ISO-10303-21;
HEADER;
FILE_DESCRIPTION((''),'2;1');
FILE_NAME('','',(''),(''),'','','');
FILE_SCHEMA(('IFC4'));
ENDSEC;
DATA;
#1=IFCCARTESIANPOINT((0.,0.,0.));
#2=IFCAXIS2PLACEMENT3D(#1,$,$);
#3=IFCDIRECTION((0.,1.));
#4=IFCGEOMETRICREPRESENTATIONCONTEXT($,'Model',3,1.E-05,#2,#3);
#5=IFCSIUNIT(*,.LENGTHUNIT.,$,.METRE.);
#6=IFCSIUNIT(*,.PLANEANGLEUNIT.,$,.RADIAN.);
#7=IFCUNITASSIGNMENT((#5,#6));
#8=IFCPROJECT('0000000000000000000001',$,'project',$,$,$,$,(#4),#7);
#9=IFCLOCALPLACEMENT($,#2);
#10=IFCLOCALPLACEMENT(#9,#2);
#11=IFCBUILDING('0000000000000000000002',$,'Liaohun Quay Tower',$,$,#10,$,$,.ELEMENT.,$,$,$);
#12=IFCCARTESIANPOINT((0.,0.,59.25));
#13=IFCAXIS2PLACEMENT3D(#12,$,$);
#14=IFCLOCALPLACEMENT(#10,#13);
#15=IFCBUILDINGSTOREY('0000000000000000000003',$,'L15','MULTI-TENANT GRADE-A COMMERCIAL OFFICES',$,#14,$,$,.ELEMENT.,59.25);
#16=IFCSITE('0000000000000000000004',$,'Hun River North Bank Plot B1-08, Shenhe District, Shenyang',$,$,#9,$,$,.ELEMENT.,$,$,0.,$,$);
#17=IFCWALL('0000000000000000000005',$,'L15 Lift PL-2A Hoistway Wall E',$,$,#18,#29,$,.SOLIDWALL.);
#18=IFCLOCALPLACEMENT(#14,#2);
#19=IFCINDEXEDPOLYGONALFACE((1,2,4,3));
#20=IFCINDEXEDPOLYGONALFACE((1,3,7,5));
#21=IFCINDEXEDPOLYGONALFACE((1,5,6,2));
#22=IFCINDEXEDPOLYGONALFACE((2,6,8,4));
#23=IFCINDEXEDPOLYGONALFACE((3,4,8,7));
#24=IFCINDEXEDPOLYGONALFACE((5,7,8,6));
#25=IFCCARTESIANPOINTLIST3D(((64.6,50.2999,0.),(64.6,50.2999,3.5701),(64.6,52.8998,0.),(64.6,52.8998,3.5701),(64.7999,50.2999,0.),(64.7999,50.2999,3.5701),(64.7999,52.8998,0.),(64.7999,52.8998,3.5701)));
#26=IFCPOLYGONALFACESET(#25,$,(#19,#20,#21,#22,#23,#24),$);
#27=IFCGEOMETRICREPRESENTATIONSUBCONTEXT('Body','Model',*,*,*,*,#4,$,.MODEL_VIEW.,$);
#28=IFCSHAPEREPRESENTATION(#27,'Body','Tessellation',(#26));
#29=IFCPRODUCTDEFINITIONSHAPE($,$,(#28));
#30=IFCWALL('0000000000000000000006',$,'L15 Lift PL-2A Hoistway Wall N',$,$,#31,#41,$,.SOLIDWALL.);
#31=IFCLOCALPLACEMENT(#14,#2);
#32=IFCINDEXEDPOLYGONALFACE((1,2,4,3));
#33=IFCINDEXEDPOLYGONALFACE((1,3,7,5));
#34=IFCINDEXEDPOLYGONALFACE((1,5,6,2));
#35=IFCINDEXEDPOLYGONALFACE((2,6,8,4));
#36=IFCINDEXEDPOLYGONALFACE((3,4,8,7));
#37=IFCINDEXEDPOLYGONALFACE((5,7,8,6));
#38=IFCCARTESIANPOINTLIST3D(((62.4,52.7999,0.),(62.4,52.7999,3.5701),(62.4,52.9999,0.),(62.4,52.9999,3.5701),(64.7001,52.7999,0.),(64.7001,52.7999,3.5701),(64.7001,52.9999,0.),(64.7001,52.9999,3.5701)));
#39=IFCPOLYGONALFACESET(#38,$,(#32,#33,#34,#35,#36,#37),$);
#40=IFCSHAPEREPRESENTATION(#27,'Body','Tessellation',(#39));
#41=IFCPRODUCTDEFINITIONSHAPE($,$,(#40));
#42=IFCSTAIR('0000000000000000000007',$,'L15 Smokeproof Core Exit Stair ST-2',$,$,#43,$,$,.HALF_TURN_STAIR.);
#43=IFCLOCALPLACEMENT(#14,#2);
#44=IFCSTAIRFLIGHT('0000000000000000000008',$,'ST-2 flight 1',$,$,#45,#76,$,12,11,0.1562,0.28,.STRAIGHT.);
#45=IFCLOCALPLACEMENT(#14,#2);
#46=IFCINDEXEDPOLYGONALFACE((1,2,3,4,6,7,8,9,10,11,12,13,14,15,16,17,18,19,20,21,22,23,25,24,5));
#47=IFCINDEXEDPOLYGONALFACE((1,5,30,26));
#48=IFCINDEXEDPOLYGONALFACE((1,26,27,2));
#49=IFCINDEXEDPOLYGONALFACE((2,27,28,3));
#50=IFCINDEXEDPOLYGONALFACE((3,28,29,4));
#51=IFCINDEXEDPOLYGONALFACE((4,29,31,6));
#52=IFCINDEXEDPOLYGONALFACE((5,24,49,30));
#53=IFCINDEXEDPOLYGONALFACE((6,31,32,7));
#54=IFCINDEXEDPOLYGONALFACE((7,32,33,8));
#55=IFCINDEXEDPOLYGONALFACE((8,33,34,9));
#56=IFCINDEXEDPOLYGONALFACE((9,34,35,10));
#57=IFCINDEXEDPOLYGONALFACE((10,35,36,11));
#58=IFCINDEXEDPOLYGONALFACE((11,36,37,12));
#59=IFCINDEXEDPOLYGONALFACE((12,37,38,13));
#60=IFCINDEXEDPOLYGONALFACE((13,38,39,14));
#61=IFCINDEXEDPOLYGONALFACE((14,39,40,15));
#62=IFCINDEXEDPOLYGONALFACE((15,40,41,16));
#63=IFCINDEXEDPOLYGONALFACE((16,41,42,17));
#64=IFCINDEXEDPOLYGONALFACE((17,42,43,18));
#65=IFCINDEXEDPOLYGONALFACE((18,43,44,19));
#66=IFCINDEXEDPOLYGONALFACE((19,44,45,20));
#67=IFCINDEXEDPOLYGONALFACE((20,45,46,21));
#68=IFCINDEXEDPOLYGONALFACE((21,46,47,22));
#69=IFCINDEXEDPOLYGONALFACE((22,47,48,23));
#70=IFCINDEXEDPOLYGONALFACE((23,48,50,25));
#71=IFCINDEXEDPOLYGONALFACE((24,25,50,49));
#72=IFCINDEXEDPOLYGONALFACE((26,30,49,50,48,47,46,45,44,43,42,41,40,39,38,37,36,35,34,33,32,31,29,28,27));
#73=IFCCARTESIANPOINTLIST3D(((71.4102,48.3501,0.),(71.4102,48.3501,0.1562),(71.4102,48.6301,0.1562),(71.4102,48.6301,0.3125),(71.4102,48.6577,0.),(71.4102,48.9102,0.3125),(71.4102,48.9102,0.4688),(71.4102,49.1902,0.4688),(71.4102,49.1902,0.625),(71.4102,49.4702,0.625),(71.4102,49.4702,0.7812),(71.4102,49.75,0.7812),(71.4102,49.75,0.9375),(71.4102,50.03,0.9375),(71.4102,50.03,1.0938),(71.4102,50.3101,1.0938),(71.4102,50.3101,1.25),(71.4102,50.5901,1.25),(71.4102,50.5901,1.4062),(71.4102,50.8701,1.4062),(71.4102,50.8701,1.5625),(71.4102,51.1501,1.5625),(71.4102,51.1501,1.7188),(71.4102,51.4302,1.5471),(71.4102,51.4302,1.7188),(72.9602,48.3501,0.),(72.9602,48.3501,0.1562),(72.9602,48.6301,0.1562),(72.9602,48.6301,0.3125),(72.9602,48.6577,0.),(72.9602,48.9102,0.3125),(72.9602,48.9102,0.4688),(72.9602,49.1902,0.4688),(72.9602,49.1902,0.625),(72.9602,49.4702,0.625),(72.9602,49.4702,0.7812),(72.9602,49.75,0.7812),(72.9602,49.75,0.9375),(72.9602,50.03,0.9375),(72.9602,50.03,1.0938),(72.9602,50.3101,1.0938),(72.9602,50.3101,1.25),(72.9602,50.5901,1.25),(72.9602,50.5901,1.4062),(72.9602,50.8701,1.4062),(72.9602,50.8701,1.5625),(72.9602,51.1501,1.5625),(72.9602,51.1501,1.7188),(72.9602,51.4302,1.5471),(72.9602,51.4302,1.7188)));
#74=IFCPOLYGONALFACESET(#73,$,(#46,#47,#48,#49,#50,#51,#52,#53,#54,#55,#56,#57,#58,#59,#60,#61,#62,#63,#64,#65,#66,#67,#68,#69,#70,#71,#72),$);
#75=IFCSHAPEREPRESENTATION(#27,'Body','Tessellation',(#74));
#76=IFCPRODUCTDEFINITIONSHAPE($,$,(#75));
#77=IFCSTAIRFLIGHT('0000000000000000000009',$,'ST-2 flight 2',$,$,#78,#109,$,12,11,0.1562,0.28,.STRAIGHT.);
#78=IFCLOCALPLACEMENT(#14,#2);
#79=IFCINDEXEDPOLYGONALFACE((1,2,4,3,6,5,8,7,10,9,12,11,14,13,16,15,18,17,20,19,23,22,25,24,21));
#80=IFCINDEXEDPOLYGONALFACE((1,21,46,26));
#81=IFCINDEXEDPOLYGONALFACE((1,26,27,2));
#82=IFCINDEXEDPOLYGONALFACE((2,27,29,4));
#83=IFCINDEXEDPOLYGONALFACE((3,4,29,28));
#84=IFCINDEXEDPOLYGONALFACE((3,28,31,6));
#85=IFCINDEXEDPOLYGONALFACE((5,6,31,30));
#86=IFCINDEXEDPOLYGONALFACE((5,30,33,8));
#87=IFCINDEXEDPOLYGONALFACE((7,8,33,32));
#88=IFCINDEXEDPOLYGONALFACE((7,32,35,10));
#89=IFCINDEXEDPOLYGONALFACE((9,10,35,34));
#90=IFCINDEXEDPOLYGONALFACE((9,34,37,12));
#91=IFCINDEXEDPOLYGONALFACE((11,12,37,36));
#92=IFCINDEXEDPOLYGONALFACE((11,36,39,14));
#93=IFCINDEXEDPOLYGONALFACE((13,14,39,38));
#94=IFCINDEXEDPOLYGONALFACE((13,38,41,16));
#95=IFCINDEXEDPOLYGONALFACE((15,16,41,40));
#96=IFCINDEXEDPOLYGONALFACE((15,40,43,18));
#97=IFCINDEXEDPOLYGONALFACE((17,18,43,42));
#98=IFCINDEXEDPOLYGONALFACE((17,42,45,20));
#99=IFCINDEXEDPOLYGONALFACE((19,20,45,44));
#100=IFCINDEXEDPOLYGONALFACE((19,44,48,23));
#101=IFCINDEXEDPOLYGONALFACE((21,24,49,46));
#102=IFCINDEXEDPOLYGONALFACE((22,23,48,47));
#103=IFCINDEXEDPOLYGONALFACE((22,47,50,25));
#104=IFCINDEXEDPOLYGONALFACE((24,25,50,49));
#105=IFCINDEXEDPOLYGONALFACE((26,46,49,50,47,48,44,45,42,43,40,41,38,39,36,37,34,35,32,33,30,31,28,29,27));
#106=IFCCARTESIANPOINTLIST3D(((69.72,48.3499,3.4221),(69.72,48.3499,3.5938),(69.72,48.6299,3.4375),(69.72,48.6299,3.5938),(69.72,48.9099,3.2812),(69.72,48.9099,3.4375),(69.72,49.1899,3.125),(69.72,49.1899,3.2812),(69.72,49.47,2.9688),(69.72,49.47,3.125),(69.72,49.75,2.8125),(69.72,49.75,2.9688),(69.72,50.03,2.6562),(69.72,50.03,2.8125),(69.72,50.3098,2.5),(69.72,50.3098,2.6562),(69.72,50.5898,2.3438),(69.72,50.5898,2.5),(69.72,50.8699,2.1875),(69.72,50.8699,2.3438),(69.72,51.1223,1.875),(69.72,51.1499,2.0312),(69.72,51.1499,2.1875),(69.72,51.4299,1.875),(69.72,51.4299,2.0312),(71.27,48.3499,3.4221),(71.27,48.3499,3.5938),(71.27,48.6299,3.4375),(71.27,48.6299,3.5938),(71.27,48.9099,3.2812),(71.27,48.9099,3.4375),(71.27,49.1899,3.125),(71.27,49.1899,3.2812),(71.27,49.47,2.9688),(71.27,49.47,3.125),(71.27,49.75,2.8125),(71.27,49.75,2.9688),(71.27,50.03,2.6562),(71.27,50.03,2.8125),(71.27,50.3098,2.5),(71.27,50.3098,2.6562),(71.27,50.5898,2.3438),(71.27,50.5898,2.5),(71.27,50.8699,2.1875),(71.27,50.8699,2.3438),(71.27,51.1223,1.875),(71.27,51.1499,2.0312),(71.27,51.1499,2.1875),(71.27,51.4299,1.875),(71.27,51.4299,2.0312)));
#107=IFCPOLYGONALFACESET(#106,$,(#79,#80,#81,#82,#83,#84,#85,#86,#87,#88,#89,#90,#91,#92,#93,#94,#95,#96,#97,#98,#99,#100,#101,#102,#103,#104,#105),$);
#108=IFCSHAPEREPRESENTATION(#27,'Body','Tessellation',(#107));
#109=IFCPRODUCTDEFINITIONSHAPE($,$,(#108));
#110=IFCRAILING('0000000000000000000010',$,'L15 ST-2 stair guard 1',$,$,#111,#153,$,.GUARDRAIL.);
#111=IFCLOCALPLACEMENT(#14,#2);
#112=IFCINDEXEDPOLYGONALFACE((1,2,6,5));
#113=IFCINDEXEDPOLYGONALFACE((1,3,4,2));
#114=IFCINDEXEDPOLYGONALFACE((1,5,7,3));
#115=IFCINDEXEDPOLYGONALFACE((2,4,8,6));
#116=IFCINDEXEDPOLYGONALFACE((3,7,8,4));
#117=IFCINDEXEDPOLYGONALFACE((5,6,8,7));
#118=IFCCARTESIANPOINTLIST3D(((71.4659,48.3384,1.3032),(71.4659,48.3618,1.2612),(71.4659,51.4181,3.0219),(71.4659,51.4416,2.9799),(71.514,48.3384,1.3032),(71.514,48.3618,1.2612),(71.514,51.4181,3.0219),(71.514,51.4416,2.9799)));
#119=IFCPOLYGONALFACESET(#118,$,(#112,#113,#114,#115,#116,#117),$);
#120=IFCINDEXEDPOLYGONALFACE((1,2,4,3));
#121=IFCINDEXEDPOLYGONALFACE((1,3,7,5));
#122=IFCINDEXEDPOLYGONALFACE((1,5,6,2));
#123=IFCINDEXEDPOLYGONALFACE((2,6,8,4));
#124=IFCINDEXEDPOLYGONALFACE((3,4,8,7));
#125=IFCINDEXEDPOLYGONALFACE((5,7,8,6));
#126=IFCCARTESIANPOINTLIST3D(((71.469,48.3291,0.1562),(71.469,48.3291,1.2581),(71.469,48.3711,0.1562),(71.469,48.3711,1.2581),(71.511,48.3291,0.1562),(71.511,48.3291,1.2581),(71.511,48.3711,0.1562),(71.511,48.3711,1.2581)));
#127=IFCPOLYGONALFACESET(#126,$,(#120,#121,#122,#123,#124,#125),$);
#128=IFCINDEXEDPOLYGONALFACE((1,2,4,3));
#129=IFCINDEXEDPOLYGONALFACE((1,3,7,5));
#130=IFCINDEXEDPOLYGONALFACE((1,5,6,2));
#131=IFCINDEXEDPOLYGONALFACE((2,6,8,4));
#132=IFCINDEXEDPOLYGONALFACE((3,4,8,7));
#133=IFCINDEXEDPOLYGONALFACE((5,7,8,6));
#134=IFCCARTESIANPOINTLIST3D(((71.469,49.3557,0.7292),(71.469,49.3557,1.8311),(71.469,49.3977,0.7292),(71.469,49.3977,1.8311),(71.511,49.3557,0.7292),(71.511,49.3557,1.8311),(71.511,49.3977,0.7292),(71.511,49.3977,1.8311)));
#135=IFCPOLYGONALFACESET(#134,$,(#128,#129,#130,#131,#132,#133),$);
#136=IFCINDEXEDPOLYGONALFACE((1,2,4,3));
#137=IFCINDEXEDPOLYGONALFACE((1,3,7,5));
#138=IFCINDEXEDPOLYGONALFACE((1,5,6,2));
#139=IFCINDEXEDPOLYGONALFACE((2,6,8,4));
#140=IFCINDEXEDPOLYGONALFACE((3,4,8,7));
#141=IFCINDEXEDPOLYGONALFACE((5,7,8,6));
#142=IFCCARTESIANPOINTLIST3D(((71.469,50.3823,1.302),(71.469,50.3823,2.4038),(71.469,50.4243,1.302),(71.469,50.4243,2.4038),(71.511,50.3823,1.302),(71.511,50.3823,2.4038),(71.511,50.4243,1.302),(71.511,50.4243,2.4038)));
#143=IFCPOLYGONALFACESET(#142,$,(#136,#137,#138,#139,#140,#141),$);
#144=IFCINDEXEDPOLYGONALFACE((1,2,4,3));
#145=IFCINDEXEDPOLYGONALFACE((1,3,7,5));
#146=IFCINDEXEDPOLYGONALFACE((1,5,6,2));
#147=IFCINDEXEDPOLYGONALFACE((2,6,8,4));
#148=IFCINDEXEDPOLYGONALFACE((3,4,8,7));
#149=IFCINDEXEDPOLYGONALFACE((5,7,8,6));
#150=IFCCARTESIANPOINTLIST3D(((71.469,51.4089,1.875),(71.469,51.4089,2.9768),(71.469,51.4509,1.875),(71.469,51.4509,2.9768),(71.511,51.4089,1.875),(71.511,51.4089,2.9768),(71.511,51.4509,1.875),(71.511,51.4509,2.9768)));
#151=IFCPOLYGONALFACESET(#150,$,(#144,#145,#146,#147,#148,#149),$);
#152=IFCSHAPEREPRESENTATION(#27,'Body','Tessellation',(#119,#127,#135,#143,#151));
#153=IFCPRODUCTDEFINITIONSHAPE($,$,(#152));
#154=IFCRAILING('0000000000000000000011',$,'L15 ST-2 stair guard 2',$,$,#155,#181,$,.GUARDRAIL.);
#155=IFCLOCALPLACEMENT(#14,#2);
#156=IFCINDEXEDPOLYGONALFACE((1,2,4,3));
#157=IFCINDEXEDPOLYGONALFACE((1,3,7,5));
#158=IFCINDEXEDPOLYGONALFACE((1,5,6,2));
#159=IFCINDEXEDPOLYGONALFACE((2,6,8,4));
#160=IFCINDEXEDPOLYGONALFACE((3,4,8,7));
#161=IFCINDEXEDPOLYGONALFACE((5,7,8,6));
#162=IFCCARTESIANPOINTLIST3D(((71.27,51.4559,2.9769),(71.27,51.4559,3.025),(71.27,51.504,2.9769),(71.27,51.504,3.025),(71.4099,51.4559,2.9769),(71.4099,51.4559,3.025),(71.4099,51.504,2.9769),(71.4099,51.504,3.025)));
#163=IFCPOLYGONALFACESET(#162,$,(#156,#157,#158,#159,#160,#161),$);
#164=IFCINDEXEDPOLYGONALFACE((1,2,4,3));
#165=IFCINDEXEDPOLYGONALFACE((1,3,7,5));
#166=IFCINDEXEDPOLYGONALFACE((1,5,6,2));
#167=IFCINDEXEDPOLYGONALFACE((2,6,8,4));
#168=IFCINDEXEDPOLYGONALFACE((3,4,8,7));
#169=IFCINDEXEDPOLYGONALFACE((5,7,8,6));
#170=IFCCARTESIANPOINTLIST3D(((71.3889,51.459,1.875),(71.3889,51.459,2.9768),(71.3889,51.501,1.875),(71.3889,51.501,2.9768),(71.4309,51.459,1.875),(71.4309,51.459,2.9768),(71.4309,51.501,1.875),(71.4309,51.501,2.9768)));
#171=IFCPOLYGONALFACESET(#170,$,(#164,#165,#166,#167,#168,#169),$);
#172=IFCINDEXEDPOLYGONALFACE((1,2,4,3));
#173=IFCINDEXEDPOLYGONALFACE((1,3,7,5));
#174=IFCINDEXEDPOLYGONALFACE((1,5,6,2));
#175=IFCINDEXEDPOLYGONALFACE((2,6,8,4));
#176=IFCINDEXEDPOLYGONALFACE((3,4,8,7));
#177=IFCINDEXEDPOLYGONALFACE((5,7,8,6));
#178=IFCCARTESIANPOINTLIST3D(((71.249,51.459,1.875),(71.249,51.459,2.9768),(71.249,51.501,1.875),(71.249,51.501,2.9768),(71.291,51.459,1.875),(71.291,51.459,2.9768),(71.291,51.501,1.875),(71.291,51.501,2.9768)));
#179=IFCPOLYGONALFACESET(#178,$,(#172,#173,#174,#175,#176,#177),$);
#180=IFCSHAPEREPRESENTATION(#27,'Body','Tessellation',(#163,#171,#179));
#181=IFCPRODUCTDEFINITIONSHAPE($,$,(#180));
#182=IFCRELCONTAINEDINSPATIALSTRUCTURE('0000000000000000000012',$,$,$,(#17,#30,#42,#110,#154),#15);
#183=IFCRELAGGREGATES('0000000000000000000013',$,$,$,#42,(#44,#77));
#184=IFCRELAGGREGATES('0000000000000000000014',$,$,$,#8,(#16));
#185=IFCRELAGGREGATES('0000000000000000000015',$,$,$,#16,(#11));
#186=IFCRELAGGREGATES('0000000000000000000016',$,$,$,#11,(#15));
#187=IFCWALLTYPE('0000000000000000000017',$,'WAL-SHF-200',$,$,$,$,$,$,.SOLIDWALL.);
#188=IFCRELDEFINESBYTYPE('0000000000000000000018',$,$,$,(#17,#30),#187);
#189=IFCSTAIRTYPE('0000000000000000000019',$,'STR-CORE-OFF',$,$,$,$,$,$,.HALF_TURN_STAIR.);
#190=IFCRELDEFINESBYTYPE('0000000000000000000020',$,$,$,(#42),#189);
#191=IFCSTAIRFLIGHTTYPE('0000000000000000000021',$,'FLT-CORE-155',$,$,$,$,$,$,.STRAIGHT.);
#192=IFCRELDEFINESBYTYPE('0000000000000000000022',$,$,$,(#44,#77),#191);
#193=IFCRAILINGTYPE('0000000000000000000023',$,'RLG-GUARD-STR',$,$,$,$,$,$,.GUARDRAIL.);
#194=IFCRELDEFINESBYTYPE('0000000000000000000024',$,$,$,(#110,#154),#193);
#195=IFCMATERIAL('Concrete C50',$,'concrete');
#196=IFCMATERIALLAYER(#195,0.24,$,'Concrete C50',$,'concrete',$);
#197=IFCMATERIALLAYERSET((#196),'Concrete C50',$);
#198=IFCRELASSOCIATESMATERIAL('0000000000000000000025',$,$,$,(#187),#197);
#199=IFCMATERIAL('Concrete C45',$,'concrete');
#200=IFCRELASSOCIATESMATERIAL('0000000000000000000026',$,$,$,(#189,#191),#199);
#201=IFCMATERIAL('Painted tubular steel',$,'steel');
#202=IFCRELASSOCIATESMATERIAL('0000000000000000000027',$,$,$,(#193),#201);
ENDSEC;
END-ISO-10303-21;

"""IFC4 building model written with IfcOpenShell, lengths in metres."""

from ifc_helpers import new_model, si_unit, direction, frame, frame_2d, origin, origin_2d, place, context, subcontext, project, spatial, polyline, rectangle, outline, extrude, material, layer, layer_set, type_object, element, aggregate, save


model = new_model("IFC4")

# Units and contexts
model_context = context("Model", 3, precision=1e-05, world=origin(), true_north=direction((0.0, 1.0)))
body_context = subcontext(model_context, "Body", "Model", "MODEL_VIEW")
ifc_project = project(units=[si_unit("LENGTHUNIT", "METRE"), si_unit("PLANEANGLEUNIT", "RADIAN")], contexts=[model_context])

# Site, building, storey
site_placement = place(None, origin())
site = spatial("IfcSite", under=ifc_project, at=site_placement, Name="Hun River North Bank Plot B1-08, Shenhe District, Shenyang", CompositionType="ELEMENT", RefElevation=0.0)
building_placement = place(site_placement, origin())
building = spatial("IfcBuilding", under=site, at=building_placement, Name="Liaohun Quay Tower", CompositionType="ELEMENT")
storey_placement = place(building_placement, frame((0.0, 0.0, 59.25)))
storey = spatial("IfcBuildingStorey", under=building, at=storey_placement, Name="L15", Description="MULTI-TENANT GRADE-A COMMERCIAL OFFICES", CompositionType="ELEMENT", Elevation=59.25)

# Shared definitions
ifc_material_1 = material(Name="Concrete C50", Category="concrete")
ifc_layer_1 = layer(ifc_material_1, 0.24, Name="Concrete C50", Category="concrete")
ifc_layer_set_1 = layer_set([ifc_layer_1], Name="Concrete C50")
wall_type_1 = type_object("IfcWallType", Name="WAL-SHF-200", PredefinedType="SOLIDWALL", material=ifc_layer_set_1)

# Walls
wall_1_placement = place(storey_placement, frame((64.7, 50.3, 0.0), z_axis=(0.0, 0.0, 1.0), x_axis=(0.0, 1.0, 0.0)))
element("IfcWall", 1, at=wall_1_placement, inside=storey, type_object=wall_type_1, Name="L15 Lift PL-2A Hoistway Wall E", PredefinedType="SOLIDWALL", context=body_context, shape_type="SweptSolid", body=[
    extrude(rectangle(XDim=2.5999, YDim=0.2, at=frame_2d((1.2998, 0.0))), origin(), (0.0, 0.0, 1.0), 3.5701),
])
wall_2_placement = place(storey_placement, frame((64.7, 52.8999, 0.0), z_axis=(0.0, 0.0, 1.0), x_axis=(-1.0, 0.0, 0.0)))
element("IfcWall", 2, at=wall_2_placement, inside=storey, type_object=wall_type_1, Name="L15 Lift PL-2A Hoistway Wall N", PredefinedType="SOLIDWALL", context=body_context, shape_type="SweptSolid", body=[
    extrude(rectangle(XDim=2.3, YDim=0.2, at=frame_2d((1.1499, 0.0))), origin(), (0.0, 0.0, 1.0), 3.5701),
])

# Stair, stair flights
ifc_material_2 = material(Name="Concrete C45", Category="concrete")
stair_type = type_object("IfcStairType", Name="STR-CORE-OFF", PredefinedType="HALF_TURN_STAIR", material=ifc_material_2)
stair_placement = place(storey_placement, origin())
stair = element("IfcStair", 3, at=stair_placement, inside=storey, type_object=stair_type, Name="L15 Smokeproof Core Exit Stair ST-2", PredefinedType="HALF_TURN_STAIR")
stair_flight_type = type_object("IfcStairFlightType", Name="FLT-CORE-155", PredefinedType="STRAIGHT", material=ifc_material_2)
stair_flight_1_placement = place(storey_placement, frame((72.1851, 48.3501, 0.0), z_axis=(0.0, 0.0, 1.0), x_axis=(0.0, 1.0, 0.0)))
stair_flight_1 = element("IfcStairFlight", 4, at=stair_flight_1_placement, type_object=stair_flight_type, Name="ST-2 flight 1", NumberOfRisers=12, NumberOfTreads=11, PredefinedType="STRAIGHT", RiserHeight=0.1562, TreadLength=0.28, context=body_context, shape_type="SweptSolid", body=[
    extrude(outline(polyline([(0.0, 0.0), (0.0, 0.1562), (0.28, 0.1562), (0.28, 0.3125), (0.5601, 0.3125), (0.5601, 0.4688), (0.8401, 0.4688), (0.8401, 0.625), (1.1201, 0.625), (1.1201, 0.7812), (1.3999, 0.7812), (1.3999, 0.9375), (1.6799, 0.9375), (1.6799, 1.0938), (1.96, 1.0938), (1.96, 1.25), (2.24, 1.25), (2.24, 1.4062), (2.52, 1.4062), (2.52, 1.5625), (2.8, 1.5625), (2.8, 1.7188), (3.0801, 1.7188), (3.0801, 1.875), (3.0801, 1.5471), (0.3076, 0.0), (0.0, 0.0)])), frame((0.0, 0.7749, 0.0), z_axis=(0.0, -1.0, 0.0), x_axis=(1.0, 0.0, 0.0)), (0.0, 0.0, 1.0), 1.55),
])
stair_flight_2_placement = place(storey_placement, frame((70.4951, 51.4299, 1.875), z_axis=(0.0, 0.0, 1.0), x_axis=(0.0, -1.0, 0.0)))
stair_flight_2 = element("IfcStairFlight", 5, at=stair_flight_2_placement, type_object=stair_flight_type, Name="ST-2 flight 2", NumberOfRisers=12, NumberOfTreads=11, PredefinedType="STRAIGHT", RiserHeight=0.1562, TreadLength=0.28, context=body_context, shape_type="SweptSolid", body=[
    extrude(outline(polyline([(0.0, 0.0), (0.0, 0.1562), (0.28, 0.1562), (0.28, 0.3125), (0.5601, 0.3125), (0.5601, 0.4688), (0.8401, 0.4688), (0.8401, 0.625), (1.1201, 0.625), (1.1201, 0.7812), (1.3999, 0.7812), (1.3999, 0.9375), (1.6799, 0.9375), (1.6799, 1.0938), (1.96, 1.0938), (1.96, 1.25), (2.24, 1.25), (2.24, 1.4062), (2.52, 1.4062), (2.52, 1.5625), (2.8, 1.5625), (2.8, 1.7188), (3.0801, 1.7188), (3.0801, 1.875), (3.0801, 1.5471), (0.3076, 0.0), (0.0, 0.0)])), frame((0.0, 0.7749, 0.0), z_axis=(0.0, -1.0, 0.0), x_axis=(1.0, 0.0, 0.0)), (0.0, 0.0, 1.0), 1.55),
])
aggregate(stair, [stair_flight_1, stair_flight_2])

# Railings
ifc_material_3 = material(Name="Painted tubular steel", Category="steel")
railing_type_1 = type_object("IfcRailingType", Name="RLG-GUARD-STR", PredefinedType="GUARDRAIL", material=ifc_material_3)
railing_1_placement = place(storey_placement, frame((71.49, 48.3501, 0.1562)))
element("IfcRailing", 6, at=railing_1_placement, inside=storey, type_object=railing_type_1, Name="L15 ST-2 stair guard 1", PredefinedType="GUARDRAIL", context=body_context, shape_type="SweptSolid", body=[
    extrude(rectangle(XDim=0.0481, YDim=0.0481, at=origin_2d()), frame((0.0, 0.0, 1.126), z_axis=(0.0, 0.873225, 0.487317), x_axis=(-1.0, 0.0, 0.0)), (0.0, 0.0, 1.0), 3.5269),
    extrude(rectangle(XDim=0.042, YDim=0.042, at=origin_2d()), origin(), (0.0, 0.0, 1.0), 1.1018),
    extrude(rectangle(XDim=0.042, YDim=0.042, at=origin_2d()), frame((0.0, 1.0266, 0.573)), (0.0, 0.0, 1.0), 1.1018),
    extrude(rectangle(XDim=0.042, YDim=0.042, at=origin_2d()), frame((0.0, 2.0532, 1.1458)), (0.0, 0.0, 1.0), 1.1018),
    extrude(rectangle(XDim=0.042, YDim=0.042, at=origin_2d()), frame((0.0, 3.0798, 1.7188)), (0.0, 0.0, 1.0), 1.1018),
])
railing_2_placement = place(storey_placement, frame((71.4099, 51.48, 1.875)))
element("IfcRailing", 7, at=railing_2_placement, inside=storey, type_object=railing_type_1, Name="L15 ST-2 stair guard 2", PredefinedType="GUARDRAIL", context=body_context, shape_type="SweptSolid", body=[
    extrude(rectangle(XDim=0.0481, YDim=0.0481, at=origin_2d()), frame((0.0, 0.0, 1.126), z_axis=(-1.0, 0.0, 0.0), x_axis=(0.0, -1.0, 0.0)), (0.0, 0.0, 1.0), 0.1399),
    extrude(rectangle(XDim=0.042, YDim=0.042, at=origin_2d()), origin(), (0.0, 0.0, 1.0), 1.1018),
    extrude(rectangle(XDim=0.042, YDim=0.042, at=origin_2d()), frame((-0.1399, 0.0, 0.0)), (0.0, 0.0, 1.0), 1.1018),
])

save(model, "model.ifc")
